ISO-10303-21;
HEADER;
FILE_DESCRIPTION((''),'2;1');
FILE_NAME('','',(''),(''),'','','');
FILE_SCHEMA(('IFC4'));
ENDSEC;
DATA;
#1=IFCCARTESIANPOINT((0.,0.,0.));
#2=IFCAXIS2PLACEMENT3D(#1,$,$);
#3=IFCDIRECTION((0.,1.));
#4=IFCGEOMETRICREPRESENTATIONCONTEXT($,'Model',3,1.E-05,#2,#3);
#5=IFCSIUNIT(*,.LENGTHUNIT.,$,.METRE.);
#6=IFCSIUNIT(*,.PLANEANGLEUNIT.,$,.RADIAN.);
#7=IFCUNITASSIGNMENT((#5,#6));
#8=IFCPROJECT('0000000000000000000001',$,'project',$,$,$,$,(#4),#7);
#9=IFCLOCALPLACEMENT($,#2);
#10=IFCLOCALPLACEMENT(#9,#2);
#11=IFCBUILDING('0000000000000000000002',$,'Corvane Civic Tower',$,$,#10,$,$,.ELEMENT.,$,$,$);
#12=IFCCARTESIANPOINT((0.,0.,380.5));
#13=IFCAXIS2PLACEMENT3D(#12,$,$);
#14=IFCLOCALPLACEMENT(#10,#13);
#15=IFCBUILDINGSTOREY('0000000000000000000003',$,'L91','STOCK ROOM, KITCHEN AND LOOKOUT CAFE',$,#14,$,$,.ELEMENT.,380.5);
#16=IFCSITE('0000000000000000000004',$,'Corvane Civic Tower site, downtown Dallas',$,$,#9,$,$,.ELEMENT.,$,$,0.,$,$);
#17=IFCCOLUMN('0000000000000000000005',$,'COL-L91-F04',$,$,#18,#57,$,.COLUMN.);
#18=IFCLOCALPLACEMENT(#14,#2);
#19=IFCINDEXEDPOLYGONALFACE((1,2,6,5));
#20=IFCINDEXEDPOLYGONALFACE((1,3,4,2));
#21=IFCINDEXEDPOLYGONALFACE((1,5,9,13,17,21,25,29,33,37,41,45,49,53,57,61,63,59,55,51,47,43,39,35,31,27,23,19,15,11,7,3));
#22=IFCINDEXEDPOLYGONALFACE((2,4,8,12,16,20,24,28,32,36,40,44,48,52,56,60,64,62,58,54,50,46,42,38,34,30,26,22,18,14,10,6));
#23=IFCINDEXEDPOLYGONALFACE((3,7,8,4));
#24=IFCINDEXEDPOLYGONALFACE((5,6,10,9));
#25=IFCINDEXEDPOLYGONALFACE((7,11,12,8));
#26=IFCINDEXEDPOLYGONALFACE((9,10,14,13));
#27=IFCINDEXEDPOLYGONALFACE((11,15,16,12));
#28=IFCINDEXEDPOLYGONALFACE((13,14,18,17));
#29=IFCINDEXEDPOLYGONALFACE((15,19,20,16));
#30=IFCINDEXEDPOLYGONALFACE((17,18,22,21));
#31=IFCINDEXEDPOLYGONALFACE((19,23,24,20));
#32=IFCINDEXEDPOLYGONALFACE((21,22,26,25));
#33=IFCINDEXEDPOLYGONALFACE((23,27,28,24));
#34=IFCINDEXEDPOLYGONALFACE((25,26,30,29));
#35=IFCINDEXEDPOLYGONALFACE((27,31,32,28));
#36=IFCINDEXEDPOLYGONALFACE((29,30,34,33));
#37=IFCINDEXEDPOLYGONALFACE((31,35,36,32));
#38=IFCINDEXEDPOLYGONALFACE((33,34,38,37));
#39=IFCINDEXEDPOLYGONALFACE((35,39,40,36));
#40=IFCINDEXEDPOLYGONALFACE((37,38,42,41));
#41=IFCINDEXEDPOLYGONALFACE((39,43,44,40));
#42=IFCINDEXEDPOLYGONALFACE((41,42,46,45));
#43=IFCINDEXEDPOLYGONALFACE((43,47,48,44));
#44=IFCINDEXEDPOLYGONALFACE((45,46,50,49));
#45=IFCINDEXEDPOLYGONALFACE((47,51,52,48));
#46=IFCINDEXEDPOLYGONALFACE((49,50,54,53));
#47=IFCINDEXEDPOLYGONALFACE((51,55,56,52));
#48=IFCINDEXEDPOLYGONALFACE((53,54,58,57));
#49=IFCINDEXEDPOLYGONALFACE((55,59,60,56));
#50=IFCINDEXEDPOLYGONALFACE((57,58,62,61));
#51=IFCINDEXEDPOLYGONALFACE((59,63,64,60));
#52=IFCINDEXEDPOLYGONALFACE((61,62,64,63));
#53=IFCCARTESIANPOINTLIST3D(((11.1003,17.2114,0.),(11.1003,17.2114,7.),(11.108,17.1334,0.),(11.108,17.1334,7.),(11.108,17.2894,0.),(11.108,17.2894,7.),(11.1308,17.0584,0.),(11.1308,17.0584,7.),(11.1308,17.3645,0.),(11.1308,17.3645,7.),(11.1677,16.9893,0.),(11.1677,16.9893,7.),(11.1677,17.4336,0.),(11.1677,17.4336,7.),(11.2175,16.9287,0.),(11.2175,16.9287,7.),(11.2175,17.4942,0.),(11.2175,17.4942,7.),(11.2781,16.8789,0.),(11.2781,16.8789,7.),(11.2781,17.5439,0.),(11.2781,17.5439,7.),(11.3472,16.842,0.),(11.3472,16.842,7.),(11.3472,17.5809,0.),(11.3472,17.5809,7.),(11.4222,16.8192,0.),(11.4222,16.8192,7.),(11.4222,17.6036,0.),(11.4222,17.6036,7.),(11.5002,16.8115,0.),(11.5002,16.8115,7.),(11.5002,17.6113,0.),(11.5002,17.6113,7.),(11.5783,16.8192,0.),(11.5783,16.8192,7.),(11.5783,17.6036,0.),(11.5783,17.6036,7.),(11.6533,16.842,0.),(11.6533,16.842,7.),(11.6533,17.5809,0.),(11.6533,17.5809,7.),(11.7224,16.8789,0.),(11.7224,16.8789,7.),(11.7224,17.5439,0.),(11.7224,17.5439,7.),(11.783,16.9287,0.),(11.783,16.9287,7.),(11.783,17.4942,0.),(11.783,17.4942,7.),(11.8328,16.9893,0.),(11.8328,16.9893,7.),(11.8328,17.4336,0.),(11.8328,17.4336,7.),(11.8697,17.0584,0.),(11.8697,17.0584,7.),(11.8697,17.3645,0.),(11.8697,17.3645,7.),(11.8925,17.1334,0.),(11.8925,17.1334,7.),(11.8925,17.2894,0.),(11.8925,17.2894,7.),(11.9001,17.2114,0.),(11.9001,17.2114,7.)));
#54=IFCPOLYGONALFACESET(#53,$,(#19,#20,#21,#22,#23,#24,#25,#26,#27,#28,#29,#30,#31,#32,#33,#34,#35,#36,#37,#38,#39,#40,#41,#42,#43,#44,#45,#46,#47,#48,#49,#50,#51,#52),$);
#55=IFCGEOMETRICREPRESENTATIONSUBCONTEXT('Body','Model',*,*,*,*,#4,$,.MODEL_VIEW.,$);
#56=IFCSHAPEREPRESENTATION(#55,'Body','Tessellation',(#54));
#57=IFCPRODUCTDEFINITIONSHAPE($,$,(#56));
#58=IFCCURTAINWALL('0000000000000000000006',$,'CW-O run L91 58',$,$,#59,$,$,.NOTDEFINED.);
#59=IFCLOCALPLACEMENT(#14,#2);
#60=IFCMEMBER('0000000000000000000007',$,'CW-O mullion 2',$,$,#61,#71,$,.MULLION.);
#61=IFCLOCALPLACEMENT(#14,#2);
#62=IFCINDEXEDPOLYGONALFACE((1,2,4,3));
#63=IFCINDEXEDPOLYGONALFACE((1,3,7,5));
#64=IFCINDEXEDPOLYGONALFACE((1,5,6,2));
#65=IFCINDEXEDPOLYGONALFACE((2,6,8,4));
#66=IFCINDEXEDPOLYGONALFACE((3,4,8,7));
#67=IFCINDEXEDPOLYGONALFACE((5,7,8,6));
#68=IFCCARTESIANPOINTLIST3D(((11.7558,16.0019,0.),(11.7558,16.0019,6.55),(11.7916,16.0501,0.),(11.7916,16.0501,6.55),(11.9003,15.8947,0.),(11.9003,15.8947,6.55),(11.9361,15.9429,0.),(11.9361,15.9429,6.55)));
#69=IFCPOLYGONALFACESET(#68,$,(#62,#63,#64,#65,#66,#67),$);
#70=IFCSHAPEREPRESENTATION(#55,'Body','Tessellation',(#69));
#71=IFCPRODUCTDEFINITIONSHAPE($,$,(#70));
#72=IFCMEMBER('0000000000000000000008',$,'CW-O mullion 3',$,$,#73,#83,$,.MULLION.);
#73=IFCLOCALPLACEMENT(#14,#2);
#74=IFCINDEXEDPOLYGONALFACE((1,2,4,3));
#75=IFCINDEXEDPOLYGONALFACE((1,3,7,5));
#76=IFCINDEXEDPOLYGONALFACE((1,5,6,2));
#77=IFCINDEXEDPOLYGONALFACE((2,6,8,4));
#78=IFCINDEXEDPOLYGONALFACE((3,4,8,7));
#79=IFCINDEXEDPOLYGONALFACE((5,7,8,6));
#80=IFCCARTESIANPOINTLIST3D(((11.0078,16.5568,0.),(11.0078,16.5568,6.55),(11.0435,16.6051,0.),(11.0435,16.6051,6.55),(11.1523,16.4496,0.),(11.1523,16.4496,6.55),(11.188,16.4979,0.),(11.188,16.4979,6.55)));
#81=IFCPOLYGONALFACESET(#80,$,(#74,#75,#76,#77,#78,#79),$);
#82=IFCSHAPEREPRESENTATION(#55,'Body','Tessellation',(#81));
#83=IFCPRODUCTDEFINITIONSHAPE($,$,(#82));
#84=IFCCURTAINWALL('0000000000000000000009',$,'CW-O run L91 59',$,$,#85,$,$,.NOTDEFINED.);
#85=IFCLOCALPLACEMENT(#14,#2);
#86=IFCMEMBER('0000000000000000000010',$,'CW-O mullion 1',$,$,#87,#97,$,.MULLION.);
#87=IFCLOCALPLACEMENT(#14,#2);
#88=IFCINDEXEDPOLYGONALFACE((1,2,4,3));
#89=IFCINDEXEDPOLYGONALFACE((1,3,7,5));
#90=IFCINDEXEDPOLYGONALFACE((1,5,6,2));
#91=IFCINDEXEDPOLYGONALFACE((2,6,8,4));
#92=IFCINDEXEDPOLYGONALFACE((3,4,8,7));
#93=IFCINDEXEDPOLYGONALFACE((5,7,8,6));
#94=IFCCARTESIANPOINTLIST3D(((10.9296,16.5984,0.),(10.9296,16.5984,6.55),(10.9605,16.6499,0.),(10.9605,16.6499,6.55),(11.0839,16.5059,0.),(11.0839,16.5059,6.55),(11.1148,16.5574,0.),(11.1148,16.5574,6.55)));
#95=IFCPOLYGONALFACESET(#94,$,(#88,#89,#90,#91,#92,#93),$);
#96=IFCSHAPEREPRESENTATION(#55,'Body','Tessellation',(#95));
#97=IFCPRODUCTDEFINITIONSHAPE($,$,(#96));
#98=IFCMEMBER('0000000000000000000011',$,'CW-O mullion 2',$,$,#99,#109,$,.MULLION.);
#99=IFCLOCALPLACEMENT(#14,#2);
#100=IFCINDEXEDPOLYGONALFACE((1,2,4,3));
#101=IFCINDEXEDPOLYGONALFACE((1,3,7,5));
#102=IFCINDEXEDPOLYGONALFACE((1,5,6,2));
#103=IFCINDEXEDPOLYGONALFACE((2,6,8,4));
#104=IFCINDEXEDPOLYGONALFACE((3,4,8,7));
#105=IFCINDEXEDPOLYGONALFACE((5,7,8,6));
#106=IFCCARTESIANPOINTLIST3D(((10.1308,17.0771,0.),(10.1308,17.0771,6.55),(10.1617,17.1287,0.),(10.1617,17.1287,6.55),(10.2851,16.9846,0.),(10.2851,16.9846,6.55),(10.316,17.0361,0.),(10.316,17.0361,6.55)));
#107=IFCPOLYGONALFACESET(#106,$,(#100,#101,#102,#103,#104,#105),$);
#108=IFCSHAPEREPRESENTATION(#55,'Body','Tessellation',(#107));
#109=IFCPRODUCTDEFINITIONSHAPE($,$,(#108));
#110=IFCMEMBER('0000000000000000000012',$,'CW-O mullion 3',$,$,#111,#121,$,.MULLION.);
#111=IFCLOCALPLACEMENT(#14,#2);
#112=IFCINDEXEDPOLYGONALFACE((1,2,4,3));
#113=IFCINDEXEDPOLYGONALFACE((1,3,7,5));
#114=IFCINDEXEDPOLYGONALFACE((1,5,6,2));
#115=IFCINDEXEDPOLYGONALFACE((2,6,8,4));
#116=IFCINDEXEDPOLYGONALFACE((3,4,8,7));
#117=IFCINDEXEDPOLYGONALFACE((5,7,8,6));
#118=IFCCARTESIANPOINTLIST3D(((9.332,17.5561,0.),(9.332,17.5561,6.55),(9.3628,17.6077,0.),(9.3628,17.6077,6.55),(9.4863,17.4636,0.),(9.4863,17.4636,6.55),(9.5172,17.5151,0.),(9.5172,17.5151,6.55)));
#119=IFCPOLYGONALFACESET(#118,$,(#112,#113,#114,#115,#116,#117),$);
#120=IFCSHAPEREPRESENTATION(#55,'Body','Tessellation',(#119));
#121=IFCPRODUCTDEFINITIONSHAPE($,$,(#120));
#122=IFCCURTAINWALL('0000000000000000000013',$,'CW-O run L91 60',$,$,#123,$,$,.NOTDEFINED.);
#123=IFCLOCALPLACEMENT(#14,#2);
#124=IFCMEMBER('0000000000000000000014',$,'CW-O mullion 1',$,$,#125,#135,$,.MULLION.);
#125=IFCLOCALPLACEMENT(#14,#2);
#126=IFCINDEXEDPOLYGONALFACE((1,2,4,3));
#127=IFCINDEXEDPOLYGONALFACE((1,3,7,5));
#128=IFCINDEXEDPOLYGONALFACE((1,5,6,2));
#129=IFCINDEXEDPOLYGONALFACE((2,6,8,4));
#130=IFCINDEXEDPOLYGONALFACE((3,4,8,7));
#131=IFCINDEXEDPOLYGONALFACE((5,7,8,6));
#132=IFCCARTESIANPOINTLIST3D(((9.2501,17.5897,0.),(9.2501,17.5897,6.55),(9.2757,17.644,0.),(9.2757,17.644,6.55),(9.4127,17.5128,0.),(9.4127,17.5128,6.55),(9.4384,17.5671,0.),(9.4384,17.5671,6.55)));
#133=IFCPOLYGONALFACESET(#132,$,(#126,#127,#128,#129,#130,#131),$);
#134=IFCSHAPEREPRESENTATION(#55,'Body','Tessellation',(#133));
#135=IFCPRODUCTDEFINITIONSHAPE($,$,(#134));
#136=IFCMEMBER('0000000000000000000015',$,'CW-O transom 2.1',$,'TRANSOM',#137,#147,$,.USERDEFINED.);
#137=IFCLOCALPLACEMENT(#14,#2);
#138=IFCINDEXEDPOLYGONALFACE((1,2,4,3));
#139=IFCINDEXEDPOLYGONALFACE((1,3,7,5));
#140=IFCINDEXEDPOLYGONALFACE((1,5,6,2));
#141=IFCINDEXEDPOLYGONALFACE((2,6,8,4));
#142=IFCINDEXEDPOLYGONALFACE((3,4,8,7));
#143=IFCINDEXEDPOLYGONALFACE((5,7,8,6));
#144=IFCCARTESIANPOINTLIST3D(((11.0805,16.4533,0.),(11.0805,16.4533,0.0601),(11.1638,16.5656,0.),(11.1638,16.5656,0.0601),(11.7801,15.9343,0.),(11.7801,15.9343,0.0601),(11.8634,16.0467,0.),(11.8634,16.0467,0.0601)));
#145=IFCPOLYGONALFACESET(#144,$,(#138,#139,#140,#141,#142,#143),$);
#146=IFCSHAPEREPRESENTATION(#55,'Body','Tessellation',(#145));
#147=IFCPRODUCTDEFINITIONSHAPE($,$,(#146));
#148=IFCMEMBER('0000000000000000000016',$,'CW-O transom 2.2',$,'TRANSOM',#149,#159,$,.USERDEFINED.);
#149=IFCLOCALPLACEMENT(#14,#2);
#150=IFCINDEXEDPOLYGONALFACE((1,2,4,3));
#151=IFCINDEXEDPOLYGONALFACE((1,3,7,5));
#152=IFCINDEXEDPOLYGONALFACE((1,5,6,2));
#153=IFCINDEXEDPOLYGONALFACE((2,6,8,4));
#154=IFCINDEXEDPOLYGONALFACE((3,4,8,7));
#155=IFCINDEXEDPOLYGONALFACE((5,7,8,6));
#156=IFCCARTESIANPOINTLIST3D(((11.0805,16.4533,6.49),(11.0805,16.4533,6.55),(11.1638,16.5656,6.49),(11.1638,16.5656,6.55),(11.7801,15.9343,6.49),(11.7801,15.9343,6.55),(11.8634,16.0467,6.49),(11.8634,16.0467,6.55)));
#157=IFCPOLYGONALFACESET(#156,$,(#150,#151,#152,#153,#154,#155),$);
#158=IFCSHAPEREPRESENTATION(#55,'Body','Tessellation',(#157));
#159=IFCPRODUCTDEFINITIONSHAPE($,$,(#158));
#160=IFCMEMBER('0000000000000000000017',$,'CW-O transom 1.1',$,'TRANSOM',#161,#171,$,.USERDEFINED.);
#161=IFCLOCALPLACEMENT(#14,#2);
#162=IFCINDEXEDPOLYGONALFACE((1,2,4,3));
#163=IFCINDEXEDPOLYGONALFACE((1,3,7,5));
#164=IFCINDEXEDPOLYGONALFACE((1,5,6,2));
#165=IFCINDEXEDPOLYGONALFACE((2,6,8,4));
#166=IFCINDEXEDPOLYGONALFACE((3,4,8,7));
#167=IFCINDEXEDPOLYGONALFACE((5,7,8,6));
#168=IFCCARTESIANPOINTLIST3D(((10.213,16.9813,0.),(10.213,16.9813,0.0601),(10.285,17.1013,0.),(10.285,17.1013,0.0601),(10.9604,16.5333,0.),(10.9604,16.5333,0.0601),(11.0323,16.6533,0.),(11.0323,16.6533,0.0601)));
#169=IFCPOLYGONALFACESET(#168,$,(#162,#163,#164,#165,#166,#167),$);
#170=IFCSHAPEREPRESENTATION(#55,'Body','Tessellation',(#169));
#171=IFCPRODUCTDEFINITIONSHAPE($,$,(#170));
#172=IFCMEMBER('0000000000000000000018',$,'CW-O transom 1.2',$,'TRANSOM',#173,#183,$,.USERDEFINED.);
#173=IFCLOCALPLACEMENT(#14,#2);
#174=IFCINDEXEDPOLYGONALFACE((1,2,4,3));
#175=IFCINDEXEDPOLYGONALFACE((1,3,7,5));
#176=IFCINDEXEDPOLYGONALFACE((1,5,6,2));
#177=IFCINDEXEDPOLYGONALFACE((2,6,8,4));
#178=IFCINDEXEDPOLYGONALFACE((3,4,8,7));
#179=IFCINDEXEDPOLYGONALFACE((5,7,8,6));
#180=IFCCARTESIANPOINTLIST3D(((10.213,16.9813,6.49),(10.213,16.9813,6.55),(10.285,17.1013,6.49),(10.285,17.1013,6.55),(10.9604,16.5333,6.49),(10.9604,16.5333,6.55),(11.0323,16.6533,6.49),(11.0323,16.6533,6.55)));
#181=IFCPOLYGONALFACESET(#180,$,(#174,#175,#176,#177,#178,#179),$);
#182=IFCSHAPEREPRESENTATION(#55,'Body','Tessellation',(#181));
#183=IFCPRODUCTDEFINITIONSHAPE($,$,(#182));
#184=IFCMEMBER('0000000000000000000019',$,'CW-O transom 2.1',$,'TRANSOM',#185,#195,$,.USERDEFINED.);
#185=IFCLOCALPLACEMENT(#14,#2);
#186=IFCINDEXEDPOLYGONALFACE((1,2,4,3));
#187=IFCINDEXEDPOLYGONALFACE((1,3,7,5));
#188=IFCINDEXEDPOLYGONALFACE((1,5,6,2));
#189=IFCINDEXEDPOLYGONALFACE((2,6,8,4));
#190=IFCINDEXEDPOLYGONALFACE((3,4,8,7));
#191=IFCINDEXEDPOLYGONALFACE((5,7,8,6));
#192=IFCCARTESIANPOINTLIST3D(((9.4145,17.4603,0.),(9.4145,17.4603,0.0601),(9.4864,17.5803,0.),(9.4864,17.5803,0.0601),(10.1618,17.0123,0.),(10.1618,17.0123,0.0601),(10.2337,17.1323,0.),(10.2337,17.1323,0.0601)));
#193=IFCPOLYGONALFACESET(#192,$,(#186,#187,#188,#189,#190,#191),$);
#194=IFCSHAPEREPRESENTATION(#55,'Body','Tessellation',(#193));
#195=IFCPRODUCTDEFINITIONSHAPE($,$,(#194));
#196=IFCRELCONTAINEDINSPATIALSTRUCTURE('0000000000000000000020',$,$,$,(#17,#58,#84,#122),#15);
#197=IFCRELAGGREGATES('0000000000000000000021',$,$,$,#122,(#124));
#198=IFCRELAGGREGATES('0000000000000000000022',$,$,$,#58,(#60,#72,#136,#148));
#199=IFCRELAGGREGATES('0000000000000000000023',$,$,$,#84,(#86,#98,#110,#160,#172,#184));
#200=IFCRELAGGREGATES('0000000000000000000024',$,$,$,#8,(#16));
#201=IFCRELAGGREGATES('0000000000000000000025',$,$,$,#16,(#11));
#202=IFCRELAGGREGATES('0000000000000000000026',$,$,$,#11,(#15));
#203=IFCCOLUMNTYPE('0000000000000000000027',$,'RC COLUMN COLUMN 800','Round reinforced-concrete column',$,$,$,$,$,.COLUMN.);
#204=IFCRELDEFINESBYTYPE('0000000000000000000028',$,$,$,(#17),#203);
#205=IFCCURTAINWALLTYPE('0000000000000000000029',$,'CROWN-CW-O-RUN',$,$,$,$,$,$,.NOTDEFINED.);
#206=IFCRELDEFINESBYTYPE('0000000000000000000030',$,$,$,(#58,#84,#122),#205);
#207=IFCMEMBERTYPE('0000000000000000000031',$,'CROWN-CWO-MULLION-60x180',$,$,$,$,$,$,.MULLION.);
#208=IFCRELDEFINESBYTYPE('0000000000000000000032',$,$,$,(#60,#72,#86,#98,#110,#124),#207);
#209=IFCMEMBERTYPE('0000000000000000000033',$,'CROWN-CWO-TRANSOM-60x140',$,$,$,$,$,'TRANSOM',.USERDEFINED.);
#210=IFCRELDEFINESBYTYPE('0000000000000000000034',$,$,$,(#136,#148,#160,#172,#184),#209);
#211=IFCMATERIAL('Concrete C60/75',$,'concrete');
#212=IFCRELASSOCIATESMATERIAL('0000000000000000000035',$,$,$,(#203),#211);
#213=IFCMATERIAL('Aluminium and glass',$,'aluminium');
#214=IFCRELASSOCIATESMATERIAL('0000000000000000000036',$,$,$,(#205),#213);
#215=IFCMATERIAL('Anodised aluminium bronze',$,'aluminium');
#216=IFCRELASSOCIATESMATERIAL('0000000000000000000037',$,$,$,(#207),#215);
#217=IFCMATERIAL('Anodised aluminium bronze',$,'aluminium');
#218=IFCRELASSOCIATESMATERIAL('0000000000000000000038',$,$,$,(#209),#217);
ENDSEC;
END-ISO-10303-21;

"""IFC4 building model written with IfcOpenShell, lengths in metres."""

from ifc_helpers import new_model, si_unit, direction, frame, origin, origin_2d, place, context, subcontext, project, spatial, rectangle, circle, extrude, material, material_profile, profile_set, type_object, element, aggregate, save


model = new_model("IFC4")

# Units and contexts
model_context = context("Model", 3, precision=1e-05, world=origin(), true_north=direction((0.0, 1.0)))
body_context = subcontext(model_context, "Body", "Model", "MODEL_VIEW")
ifc_project = project(units=[si_unit("LENGTHUNIT", "METRE"), si_unit("PLANEANGLEUNIT", "RADIAN")], contexts=[model_context])

# Site, building, storey
site_placement = place(None, origin())
site = spatial("IfcSite", under=ifc_project, at=site_placement, Name="Corvane Civic Tower site, downtown Dallas", CompositionType="ELEMENT", RefElevation=0.0)
building_placement = place(site_placement, origin())
building = spatial("IfcBuilding", under=site, at=building_placement, Name="Corvane Civic Tower", CompositionType="ELEMENT")
storey_placement = place(building_placement, frame((0.0, 0.0, 380.5)))
storey = spatial("IfcBuildingStorey", under=building, at=storey_placement, Name="L91", Description="STOCK ROOM, KITCHEN AND LOOKOUT CAFE", CompositionType="ELEMENT", Elevation=380.5)

# Column
ifc_material_1 = material(Name="Concrete C60/75", Category="concrete")
ifc_material_profile_1 = material_profile(ifc_material_1, circle(Radius=0.3999, at=origin_2d()), Name="COLUMN 800")
ifc_profile_set_1 = profile_set([ifc_material_profile_1], Name="Concrete C60/75")
column_type = type_object("IfcColumnType", Name="RC COLUMN COLUMN 800", Description="Round reinforced-concrete column", PredefinedType="COLUMN", material=ifc_profile_set_1)
column_placement = place(storey_placement, frame((11.5002, 17.2114, 0.0), z_axis=(0.0, 0.0, 1.0), x_axis=(1.0, 0.0, 0.0)))
element("IfcColumn", 1, at=column_placement, inside=storey, type_object=column_type, Name="COL-L91-F04", PredefinedType="COLUMN", context=body_context, shape_type="SweptSolid", body=[
    extrude(circle(Radius=0.3999, at=origin_2d()), origin(), (0.0, 0.0, 1.0), 7.0),
])

# Curtain walls, members
ifc_material_2 = material(Name="Aluminium and glass", Category="aluminium")
curtain_wall_type = type_object("IfcCurtainWallType", Name="CROWN-CW-O-RUN", PredefinedType="NOTDEFINED", material=ifc_material_2)
curtain_wall_1_placement = place(storey_placement, origin())
curtain_wall_1 = element("IfcCurtainWall", 2, at=curtain_wall_1_placement, inside=storey, type_object=curtain_wall_type, Name="CW-O run L91 58", PredefinedType="NOTDEFINED")
ifc_material_3 = material(Name="Anodised aluminium bronze", Category="aluminium")
ifc_material_profile_2 = material_profile(ifc_material_3, rectangle(XDim=0.0601, YDim=0.1799, at=origin_2d()), Name="AL 60x180")
ifc_profile_set_2 = profile_set([ifc_material_profile_2], Name="Anodised aluminium bronze")
member_type_1 = type_object("IfcMemberType", Name="CROWN-CWO-MULLION-60x180", PredefinedType="MULLION", material=ifc_profile_set_2)
member_1_placement = place(storey_placement, frame((11.8459, 15.9724, 0.0), z_axis=(0.0, 0.0, 1.0), x_axis=(-0.595722, -0.80319, 0.0)))
member_1 = element("IfcMember", 3, at=member_1_placement, type_object=member_type_1, Name="CW-O mullion 2", PredefinedType="MULLION", context=body_context, shape_type="SweptSolid", body=[
    extrude(rectangle(XDim=0.0601, YDim=0.1799, at=origin_2d()), origin(), (0.0, 0.0, 1.0), 6.55),
])
member_2_placement = place(storey_placement, frame((11.0979, 16.5273, 0.0), z_axis=(0.0, 0.0, 1.0), x_axis=(-0.595722, -0.80319, 0.0)))
member_2 = element("IfcMember", 4, at=member_2_placement, type_object=member_type_1, Name="CW-O mullion 3", PredefinedType="MULLION", context=body_context, shape_type="SweptSolid", body=[
    extrude(rectangle(XDim=0.0601, YDim=0.1799, at=origin_2d()), origin(), (0.0, 0.0, 1.0), 6.55),
])
curtain_wall_2_placement = place(storey_placement, origin())
curtain_wall_2 = element("IfcCurtainWall", 5, at=curtain_wall_2_placement, inside=storey, type_object=curtain_wall_type, Name="CW-O run L91 59", PredefinedType="NOTDEFINED")
member_3_placement = place(storey_placement, frame((11.0222, 16.5779, 0.0), z_axis=(0.0, 0.0, 1.0), x_axis=(-0.514152, -0.857699, 0.0)))
member_3 = element("IfcMember", 6, at=member_3_placement, type_object=member_type_1, Name="CW-O mullion 1", PredefinedType="MULLION", context=body_context, shape_type="SweptSolid", body=[
    extrude(rectangle(XDim=0.0601, YDim=0.1799, at=origin_2d()), origin(), (0.0, 0.0, 1.0), 6.55),
])
member_4_placement = place(storey_placement, frame((10.2234, 17.0566, 0.0), z_axis=(0.0, 0.0, 1.0), x_axis=(-0.514152, -0.857699, 0.0)))
member_4 = element("IfcMember", 7, at=member_4_placement, type_object=member_type_1, Name="CW-O mullion 2", PredefinedType="MULLION", context=body_context, shape_type="SweptSolid", body=[
    extrude(rectangle(XDim=0.0601, YDim=0.1799, at=origin_2d()), origin(), (0.0, 0.0, 1.0), 6.55),
])
member_5_placement = place(storey_placement, frame((9.4246, 17.5356, 0.0), z_axis=(0.0, 0.0, 1.0), x_axis=(-0.514152, -0.857699, 0.0)))
member_5 = element("IfcMember", 8, at=member_5_placement, type_object=member_type_1, Name="CW-O mullion 3", PredefinedType="MULLION", context=body_context, shape_type="SweptSolid", body=[
    extrude(rectangle(XDim=0.0601, YDim=0.1799, at=origin_2d()), origin(), (0.0, 0.0, 1.0), 6.55),
])

# Curtain wall, member
curtain_wall_3_placement = place(storey_placement, origin())
curtain_wall_3 = element("IfcCurtainWall", 9, at=curtain_wall_3_placement, inside=storey, type_object=curtain_wall_type, Name="CW-O run L91 60", PredefinedType="NOTDEFINED")
member_6_placement = place(storey_placement, frame((9.3442, 17.5784, 0.0), z_axis=(0.0, 0.0, 1.0), x_axis=(-0.427509, -0.904011, 0.0)))
member_6 = element("IfcMember", 10, at=member_6_placement, type_object=member_type_1, Name="CW-O mullion 1", PredefinedType="MULLION", context=body_context, shape_type="SweptSolid", body=[
    extrude(rectangle(XDim=0.0601, YDim=0.1799, at=origin_2d()), origin(), (0.0, 0.0, 1.0), 6.55),
])

# Members
ifc_material_4 = material(Name="Anodised aluminium bronze", Category="aluminium")
ifc_material_profile_3 = material_profile(ifc_material_4, rectangle(XDim=0.1399, YDim=0.0601, at=origin_2d()), Name="AL 140x60")
ifc_profile_set_3 = profile_set([ifc_material_profile_3], Name="Anodised aluminium bronze")
member_type_2 = type_object("IfcMemberType", Name="CROWN-CWO-TRANSOM-60x140", ElementType="TRANSOM", PredefinedType="USERDEFINED", material=ifc_profile_set_3)
member_7_placement = place(storey_placement, frame((11.8218, 15.9905, 0.03), z_axis=(-0.80315, 0.595777, 0.0), x_axis=(-0.595777, -0.80315, 0.0)))
member_7 = element("IfcMember", 11, at=member_7_placement, type_object=member_type_2, Name="CW-O transom 2.1", ObjectType="TRANSOM", PredefinedType="USERDEFINED", context=body_context, shape_type="SweptSolid", body=[
    extrude(rectangle(XDim=0.1399, YDim=0.0601, at=origin_2d()), origin(), (0.0, 0.0, 1.0), 0.8711),
])
member_8_placement = place(storey_placement, frame((11.8218, 15.9905, 6.52), z_axis=(-0.80315, 0.595777, 0.0), x_axis=(-0.595777, -0.80315, 0.0)))
member_8 = element("IfcMember", 12, at=member_8_placement, type_object=member_type_2, Name="CW-O transom 2.2", ObjectType="TRANSOM", PredefinedType="USERDEFINED", context=body_context, shape_type="SweptSolid", body=[
    extrude(rectangle(XDim=0.1399, YDim=0.0601, at=origin_2d()), origin(), (0.0, 0.0, 1.0), 0.8711),
])
member_9_placement = place(storey_placement, frame((10.9963, 16.5933, 0.03), z_axis=(-0.857691, 0.514166, 0.0), x_axis=(-0.514166, -0.857691, 0.0)))
member_9 = element("IfcMember", 13, at=member_9_placement, type_object=member_type_2, Name="CW-O transom 1.1", ObjectType="TRANSOM", PredefinedType="USERDEFINED", context=body_context, shape_type="SweptSolid", body=[
    extrude(rectangle(XDim=0.1399, YDim=0.0601, at=origin_2d()), origin(), (0.0, 0.0, 1.0), 0.8713),
])
member_10_placement = place(storey_placement, frame((10.9963, 16.5933, 6.52), z_axis=(-0.857691, 0.514166, 0.0), x_axis=(-0.514166, -0.857691, 0.0)))
member_10 = element("IfcMember", 14, at=member_10_placement, type_object=member_type_2, Name="CW-O transom 1.2", ObjectType="TRANSOM", PredefinedType="USERDEFINED", context=body_context, shape_type="SweptSolid", body=[
    extrude(rectangle(XDim=0.1399, YDim=0.0601, at=origin_2d()), origin(), (0.0, 0.0, 1.0), 0.8713),
])
member_11_placement = place(storey_placement, frame((10.1978, 17.0723, 0.03), z_axis=(-0.857691, 0.514166, 0.0), x_axis=(-0.514166, -0.857691, 0.0)))
member_11 = element("IfcMember", 15, at=member_11_placement, type_object=member_type_2, Name="CW-O transom 2.1", ObjectType="TRANSOM", PredefinedType="USERDEFINED", context=body_context, shape_type="SweptSolid", body=[
    extrude(rectangle(XDim=0.1399, YDim=0.0601, at=origin_2d()), origin(), (0.0, 0.0, 1.0), 0.8713),
])
aggregate(curtain_wall_3, [member_6])

aggregate(curtain_wall_1, [member_1, member_2, member_7, member_8])
aggregate(curtain_wall_2, [member_3, member_4, member_5, member_9, member_10, member_11])

save(model, "model.ifc")
